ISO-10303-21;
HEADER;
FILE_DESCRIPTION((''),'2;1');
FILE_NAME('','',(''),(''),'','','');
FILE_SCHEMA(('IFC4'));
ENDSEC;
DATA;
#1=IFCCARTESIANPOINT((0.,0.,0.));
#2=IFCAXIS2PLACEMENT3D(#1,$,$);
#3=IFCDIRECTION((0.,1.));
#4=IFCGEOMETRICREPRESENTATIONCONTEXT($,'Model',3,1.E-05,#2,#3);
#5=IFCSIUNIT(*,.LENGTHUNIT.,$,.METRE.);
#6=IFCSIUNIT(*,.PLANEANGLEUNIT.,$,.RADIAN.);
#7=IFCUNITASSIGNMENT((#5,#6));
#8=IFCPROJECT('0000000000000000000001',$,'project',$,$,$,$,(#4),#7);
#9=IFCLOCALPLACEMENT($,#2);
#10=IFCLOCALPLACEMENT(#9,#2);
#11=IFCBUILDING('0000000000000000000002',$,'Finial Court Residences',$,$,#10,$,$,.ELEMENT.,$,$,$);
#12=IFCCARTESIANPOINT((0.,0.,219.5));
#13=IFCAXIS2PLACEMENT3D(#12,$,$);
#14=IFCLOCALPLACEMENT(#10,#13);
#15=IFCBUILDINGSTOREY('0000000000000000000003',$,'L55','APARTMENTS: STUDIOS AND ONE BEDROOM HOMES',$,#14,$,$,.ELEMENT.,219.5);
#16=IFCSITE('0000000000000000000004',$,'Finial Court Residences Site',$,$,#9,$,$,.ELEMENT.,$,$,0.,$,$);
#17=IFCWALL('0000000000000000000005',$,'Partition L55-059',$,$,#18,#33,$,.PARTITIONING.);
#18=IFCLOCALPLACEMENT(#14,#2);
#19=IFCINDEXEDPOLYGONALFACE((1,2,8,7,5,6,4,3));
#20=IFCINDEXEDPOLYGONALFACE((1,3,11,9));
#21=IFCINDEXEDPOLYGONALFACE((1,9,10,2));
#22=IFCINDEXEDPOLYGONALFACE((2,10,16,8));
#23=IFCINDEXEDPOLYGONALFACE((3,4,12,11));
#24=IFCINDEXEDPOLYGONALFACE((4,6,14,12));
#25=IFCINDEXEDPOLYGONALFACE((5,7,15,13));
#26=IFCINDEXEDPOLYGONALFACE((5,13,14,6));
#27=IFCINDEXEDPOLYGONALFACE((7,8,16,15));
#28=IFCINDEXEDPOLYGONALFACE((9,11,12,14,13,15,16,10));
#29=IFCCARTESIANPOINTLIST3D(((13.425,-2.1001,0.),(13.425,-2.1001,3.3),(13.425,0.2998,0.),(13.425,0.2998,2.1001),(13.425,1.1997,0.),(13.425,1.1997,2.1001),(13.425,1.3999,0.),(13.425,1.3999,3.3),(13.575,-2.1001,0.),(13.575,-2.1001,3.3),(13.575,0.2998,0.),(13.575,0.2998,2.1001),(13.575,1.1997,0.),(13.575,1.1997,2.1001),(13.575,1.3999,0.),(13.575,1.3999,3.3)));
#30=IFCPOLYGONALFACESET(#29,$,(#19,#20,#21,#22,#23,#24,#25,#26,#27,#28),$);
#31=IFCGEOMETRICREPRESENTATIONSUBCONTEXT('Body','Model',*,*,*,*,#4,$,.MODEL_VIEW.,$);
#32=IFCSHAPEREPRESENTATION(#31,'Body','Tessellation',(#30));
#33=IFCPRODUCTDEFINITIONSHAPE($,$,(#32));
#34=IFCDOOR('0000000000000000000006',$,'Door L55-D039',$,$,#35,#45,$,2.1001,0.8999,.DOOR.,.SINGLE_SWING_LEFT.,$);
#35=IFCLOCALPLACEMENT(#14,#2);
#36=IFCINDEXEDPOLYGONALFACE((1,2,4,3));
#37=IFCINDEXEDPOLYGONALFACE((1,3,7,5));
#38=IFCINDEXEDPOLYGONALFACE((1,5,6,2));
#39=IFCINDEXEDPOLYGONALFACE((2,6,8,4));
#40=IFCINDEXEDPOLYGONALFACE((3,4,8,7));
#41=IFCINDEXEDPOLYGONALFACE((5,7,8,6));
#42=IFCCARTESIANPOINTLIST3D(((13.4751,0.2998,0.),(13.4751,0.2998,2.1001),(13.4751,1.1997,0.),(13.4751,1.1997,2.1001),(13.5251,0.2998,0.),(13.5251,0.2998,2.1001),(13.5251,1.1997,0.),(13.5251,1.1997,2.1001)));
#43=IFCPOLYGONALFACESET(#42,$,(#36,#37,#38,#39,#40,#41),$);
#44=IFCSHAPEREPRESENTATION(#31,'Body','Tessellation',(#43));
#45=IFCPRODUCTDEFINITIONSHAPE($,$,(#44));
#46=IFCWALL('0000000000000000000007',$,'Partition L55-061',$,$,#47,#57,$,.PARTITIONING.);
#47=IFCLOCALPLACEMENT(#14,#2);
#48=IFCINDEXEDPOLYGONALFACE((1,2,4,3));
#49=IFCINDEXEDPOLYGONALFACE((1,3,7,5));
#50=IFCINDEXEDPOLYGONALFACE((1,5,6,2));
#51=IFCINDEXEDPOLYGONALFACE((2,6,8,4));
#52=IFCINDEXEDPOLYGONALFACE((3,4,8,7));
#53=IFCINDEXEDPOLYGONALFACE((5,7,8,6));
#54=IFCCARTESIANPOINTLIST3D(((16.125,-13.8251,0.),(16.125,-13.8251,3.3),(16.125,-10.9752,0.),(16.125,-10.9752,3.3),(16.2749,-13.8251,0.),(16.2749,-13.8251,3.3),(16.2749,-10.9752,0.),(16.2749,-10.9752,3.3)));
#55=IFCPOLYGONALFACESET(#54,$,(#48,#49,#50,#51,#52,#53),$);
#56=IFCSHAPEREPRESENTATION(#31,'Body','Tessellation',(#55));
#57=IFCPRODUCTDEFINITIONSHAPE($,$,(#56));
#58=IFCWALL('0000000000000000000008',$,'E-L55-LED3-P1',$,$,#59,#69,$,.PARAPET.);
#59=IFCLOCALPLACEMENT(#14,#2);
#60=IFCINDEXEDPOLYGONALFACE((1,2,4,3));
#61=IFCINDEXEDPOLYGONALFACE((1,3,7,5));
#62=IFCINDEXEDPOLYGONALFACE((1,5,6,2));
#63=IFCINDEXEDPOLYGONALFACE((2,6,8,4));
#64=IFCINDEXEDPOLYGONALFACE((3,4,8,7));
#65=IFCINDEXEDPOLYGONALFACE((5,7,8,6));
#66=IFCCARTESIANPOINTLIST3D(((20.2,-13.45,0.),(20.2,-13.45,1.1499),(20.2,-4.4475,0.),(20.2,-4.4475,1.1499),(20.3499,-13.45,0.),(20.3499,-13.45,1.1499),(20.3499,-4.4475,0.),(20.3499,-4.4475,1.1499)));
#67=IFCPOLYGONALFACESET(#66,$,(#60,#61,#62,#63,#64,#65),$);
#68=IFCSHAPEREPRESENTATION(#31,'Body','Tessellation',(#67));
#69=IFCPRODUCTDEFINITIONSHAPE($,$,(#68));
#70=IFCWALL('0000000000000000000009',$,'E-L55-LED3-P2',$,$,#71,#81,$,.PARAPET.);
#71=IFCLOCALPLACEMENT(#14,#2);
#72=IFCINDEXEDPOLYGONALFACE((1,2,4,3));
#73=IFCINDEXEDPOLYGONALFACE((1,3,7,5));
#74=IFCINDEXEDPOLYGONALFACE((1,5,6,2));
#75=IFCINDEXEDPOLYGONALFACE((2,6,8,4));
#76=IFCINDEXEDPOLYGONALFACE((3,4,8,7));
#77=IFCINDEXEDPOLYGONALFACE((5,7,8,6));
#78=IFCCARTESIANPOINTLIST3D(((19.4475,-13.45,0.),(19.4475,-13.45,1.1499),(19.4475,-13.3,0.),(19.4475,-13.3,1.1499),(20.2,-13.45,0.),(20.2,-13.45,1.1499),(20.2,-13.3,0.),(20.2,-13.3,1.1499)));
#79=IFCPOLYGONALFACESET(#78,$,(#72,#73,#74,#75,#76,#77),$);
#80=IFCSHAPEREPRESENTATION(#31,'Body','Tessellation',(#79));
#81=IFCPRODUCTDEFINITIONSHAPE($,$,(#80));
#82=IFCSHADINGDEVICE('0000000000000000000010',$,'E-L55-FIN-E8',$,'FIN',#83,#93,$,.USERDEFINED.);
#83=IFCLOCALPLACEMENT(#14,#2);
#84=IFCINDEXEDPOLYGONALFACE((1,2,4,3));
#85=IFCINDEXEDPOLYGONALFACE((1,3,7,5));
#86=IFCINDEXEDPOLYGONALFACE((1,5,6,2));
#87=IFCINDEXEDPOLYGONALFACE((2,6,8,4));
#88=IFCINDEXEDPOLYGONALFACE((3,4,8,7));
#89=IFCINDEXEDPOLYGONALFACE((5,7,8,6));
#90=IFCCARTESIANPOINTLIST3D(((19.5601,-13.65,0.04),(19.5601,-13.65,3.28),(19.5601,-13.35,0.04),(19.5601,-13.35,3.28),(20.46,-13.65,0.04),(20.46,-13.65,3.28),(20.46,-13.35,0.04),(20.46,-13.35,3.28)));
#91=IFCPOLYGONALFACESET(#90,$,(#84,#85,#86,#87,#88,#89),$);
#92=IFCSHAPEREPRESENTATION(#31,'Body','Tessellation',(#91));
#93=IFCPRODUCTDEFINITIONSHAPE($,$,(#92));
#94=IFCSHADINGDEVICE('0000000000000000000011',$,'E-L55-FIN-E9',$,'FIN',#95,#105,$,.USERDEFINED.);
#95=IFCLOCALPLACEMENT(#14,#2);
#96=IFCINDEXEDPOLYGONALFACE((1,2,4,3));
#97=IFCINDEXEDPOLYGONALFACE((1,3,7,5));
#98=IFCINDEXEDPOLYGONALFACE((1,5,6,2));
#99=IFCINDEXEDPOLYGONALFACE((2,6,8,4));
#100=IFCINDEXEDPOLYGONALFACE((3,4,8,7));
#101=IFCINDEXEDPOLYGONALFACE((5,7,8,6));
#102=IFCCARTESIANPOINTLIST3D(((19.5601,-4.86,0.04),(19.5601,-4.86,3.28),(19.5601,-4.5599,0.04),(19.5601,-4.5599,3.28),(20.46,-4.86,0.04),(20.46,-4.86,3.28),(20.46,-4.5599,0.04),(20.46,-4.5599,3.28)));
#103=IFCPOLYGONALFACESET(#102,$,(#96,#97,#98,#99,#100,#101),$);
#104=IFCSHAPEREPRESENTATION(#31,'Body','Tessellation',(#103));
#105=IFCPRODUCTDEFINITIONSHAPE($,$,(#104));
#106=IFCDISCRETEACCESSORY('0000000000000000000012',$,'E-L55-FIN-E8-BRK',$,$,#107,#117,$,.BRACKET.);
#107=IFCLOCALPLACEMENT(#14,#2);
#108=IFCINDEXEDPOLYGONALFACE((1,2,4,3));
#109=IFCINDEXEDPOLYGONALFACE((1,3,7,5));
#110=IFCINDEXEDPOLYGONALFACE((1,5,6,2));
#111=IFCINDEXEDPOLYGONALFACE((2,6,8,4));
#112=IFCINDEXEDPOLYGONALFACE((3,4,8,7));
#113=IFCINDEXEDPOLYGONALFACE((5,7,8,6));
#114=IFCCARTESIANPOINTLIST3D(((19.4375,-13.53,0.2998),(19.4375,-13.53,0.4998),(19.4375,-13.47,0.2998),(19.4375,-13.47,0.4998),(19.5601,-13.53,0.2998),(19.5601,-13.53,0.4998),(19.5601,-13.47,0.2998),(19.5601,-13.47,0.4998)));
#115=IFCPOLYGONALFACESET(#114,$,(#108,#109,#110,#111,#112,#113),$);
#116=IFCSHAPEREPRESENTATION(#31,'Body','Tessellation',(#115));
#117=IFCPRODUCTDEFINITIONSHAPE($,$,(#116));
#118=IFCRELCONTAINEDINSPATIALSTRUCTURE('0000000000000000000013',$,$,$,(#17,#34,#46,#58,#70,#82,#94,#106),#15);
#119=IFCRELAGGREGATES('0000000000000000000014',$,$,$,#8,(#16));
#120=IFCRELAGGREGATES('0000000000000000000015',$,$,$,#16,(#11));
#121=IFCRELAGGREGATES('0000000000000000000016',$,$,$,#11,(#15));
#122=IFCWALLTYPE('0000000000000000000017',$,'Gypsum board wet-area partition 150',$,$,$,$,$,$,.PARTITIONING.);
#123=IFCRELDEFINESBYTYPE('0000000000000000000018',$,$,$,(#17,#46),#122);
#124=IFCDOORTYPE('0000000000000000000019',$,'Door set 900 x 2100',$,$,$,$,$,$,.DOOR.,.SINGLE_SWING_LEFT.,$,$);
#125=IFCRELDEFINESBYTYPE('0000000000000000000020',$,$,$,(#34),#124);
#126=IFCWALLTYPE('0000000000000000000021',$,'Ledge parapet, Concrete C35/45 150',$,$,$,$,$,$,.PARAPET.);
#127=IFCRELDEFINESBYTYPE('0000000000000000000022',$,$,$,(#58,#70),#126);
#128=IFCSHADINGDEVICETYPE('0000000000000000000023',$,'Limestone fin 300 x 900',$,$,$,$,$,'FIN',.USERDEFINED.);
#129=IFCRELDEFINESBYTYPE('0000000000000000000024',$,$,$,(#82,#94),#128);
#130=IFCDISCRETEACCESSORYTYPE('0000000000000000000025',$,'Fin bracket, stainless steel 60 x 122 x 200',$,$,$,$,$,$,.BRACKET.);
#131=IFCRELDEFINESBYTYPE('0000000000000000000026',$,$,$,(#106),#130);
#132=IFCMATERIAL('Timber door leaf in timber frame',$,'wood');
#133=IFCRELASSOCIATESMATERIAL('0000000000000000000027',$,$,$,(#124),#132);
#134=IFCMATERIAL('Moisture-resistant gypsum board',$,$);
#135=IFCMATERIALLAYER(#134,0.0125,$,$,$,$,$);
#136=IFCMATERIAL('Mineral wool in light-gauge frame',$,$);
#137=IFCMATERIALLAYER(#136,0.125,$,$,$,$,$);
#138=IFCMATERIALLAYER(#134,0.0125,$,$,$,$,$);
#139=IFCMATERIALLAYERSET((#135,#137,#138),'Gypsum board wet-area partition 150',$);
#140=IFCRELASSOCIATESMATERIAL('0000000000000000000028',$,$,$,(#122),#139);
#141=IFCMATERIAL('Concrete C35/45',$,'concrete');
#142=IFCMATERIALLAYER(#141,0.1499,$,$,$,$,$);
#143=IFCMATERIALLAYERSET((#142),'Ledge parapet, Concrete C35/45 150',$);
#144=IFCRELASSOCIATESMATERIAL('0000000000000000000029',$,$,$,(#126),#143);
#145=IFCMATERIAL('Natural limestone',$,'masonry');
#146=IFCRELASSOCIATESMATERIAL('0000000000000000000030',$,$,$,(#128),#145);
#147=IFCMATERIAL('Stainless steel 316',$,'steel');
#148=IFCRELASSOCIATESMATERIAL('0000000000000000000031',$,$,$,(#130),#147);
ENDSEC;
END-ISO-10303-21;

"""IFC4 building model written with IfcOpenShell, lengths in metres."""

from ifc_helpers import new_model, si_unit, direction, frame, frame_2d, origin, origin_2d, place, context, subcontext, project, spatial, rectangle, extrude, material, layer, layer_set, type_object, element, fill, save


model = new_model("IFC4")

# Units and contexts
model_context = context("Model", 3, precision=1e-05, world=origin(), true_north=direction((0.0, 1.0)))
body_context = subcontext(model_context, "Body", "Model", "MODEL_VIEW")
ifc_project = project(units=[si_unit("LENGTHUNIT", "METRE"), si_unit("PLANEANGLEUNIT", "RADIAN")], contexts=[model_context])

# Site, building, storey
site_placement = place(None, origin())
site = spatial("IfcSite", under=ifc_project, at=site_placement, Name="Finial Court Residences Site", CompositionType="ELEMENT", RefElevation=0.0)
building_placement = place(site_placement, origin())
building = spatial("IfcBuilding", under=site, at=building_placement, Name="Finial Court Residences", CompositionType="ELEMENT")
storey_placement = place(building_placement, frame((0.0, 0.0, 219.5)))
storey = spatial("IfcBuildingStorey", under=building, at=storey_placement, Name="L55", Description="APARTMENTS: STUDIOS AND ONE BEDROOM HOMES", CompositionType="ELEMENT", Elevation=219.5)

# Wall, opening, door
ifc_material_1 = material(Name="Mineral wool in light-gauge frame")
ifc_material_2 = material(Name="Timber door leaf in timber frame", Category="wood")
door_type = type_object("IfcDoorType", Name="Door set 900 x 2100", OperationType="SINGLE_SWING_LEFT", PredefinedType="DOOR", material=ifc_material_2)
ifc_material_3 = material(Name="Moisture-resistant gypsum board")
ifc_layer_1 = layer(ifc_material_3, 0.0125)
ifc_layer_2 = layer(ifc_material_1, 0.125)
ifc_layer_3 = layer(ifc_material_3, 0.0125)
ifc_layer_set_1 = layer_set([ifc_layer_1, ifc_layer_2, ifc_layer_3], Name="Gypsum board wet-area partition 150")
wall_type_1 = type_object("IfcWallType", Name="Gypsum board wet-area partition 150", PredefinedType="PARTITIONING", material=ifc_layer_set_1)
wall_1_placement = place(storey_placement, frame((13.5, -2.1001, 0.0), z_axis=(0.0, 0.0, 1.0), x_axis=(0.0, 1.0, 0.0)))
wall_1 = element("IfcWall", 1, at=wall_1_placement, inside=storey, type_object=wall_type_1, Name="Partition L55-059", PredefinedType="PARTITIONING", context=body_context, shape_type="SweptSolid", body=[
    extrude(rectangle(XDim=3.5, YDim=0.1499, at=frame_2d((1.75, 0.0))), origin(), (0.0, 0.0, 1.0), 3.3),
])
opening_1_placement = place(wall_1_placement, frame((2.3999, 0.0, 0.0)))
opening_1 = element("IfcOpeningElement", 2, at=opening_1_placement, cuts=wall_1, PredefinedType="OPENING", context=body_context, shape_type="SweptSolid", body=[
    extrude(rectangle(XDim=0.8999, YDim=2.1001, at=frame_2d((0.45, 1.05))), frame((0.0, 0.085, 0.0), z_axis=(0.0, -1.0, 0.0), x_axis=(1.0, 0.0, 0.0)), (0.0, 0.0, 1.0), 0.1699),
])
door_1_placement = place(opening_1_placement, origin())
door_1 = element("IfcDoor", 3, at=door_1_placement, inside=storey, type_object=door_type, Name="Door L55-D039", OperationType="SINGLE_SWING_LEFT", OverallHeight=2.1001, OverallWidth=0.8999, PredefinedType="DOOR", context=body_context, shape_type="SweptSolid", body=[
    extrude(rectangle(XDim=0.8999, YDim=2.1001, at=frame_2d((0.45, 1.05))), frame((0.0, 0.0249, 0.0), z_axis=(0.0, -1.0, 0.0), x_axis=(1.0, 0.0, 0.0)), (0.0, 0.0, 1.0), 0.05),
])
fill(opening_1, door_1)

# Walls
wall_2_placement = place(storey_placement, frame((16.2, -13.825, 0.0), z_axis=(0.0, 0.0, 1.0), x_axis=(0.0, 1.0, 0.0)))
element("IfcWall", 4, at=wall_2_placement, inside=storey, type_object=wall_type_1, Name="Partition L55-061", PredefinedType="PARTITIONING", context=body_context, shape_type="SweptSolid", body=[
    extrude(rectangle(XDim=2.8499, YDim=0.1499, at=frame_2d((1.4248, 0.0))), origin(), (0.0, 0.0, 1.0), 3.3),
])
ifc_material_4 = material(Name="Concrete C35/45", Category="concrete")
ifc_layer_4 = layer(ifc_material_4, 0.1499)
ifc_layer_set_2 = layer_set([ifc_layer_4], Name="Ledge parapet, Concrete C35/45 150")
wall_type_2 = type_object("IfcWallType", Name="Ledge parapet, Concrete C35/45 150", PredefinedType="PARAPET", material=ifc_layer_set_2)
wall_3_placement = place(storey_placement, frame((20.2749, -4.4475, 0.0), z_axis=(0.0, 0.0, 1.0), x_axis=(0.0, -1.0, 0.0)))
element("IfcWall", 5, at=wall_3_placement, inside=storey, type_object=wall_type_2, Name="E-L55-LED3-P1", PredefinedType="PARAPET", context=body_context, shape_type="SweptSolid", body=[
    extrude(rectangle(XDim=9.0024, YDim=0.1499, at=frame_2d((4.5012, 0.0))), origin(), (0.0, 0.0, 1.0), 1.1499),
])
wall_4_placement = place(storey_placement, frame((20.2, -13.375, 0.0), z_axis=(0.0, 0.0, 1.0), x_axis=(-1.0, 0.0, 0.0)))
element("IfcWall", 6, at=wall_4_placement, inside=storey, type_object=wall_type_2, Name="E-L55-LED3-P2", PredefinedType="PARAPET", context=body_context, shape_type="SweptSolid", body=[
    extrude(rectangle(XDim=0.7524, YDim=0.1499, at=frame_2d((0.3762, 0.0))), origin(), (0.0, 0.0, 1.0), 1.1499),
])

# Shading devices
ifc_material_5 = material(Name="Natural limestone", Category="masonry")
shading_device_type = type_object("IfcShadingDeviceType", Name="Limestone fin 300 x 900", ElementType="FIN", PredefinedType="USERDEFINED", material=ifc_material_5)
for number, where, z_axis, x_axis, name in (
    (7, (20.01, -13.5, 0.04), (0.0, 0.0, 1.0), (1.0, 0.0, 0.0), "E-L55-FIN-E8"),
    (8, (20.01, -4.71, 0.04), (0.0, 0.0, 1.0), (1.0, 0.0, 0.0), "E-L55-FIN-E9"),
):
    element("IfcShadingDevice", number, at=place(storey_placement, frame(where, z_axis=z_axis, x_axis=x_axis)), inside=storey, type_object=shading_device_type, Name=name, ObjectType="FIN", PredefinedType="USERDEFINED", context=body_context, shape_type="SweptSolid", body=[
        extrude(rectangle(XDim=0.8999, YDim=0.3, at=origin_2d()), origin(), (0.0, 0.0, 1.0), 3.24),
    ])

# Discrete accessory
ifc_material_6 = material(Name="Stainless steel 316", Category="steel")
discrete_accessory_type = type_object("IfcDiscreteAccessoryType", Name="Fin bracket, stainless steel 60 x 122 x 200", PredefinedType="BRACKET", material=ifc_material_6)
discrete_accessory_placement = place(storey_placement, frame((19.4988, -13.5, 0.2998), z_axis=(0.0, 0.0, 1.0), x_axis=(1.0, 0.0, 0.0)))
element("IfcDiscreteAccessory", 9, at=discrete_accessory_placement, inside=storey, type_object=discrete_accessory_type, Name="E-L55-FIN-E8-BRK", PredefinedType="BRACKET", context=body_context, shape_type="SweptSolid", body=[
    extrude(rectangle(XDim=0.1226, YDim=0.0601, at=origin_2d()), origin(), (0.0, 0.0, 1.0), 0.2),
])

save(model, "model.ifc")
